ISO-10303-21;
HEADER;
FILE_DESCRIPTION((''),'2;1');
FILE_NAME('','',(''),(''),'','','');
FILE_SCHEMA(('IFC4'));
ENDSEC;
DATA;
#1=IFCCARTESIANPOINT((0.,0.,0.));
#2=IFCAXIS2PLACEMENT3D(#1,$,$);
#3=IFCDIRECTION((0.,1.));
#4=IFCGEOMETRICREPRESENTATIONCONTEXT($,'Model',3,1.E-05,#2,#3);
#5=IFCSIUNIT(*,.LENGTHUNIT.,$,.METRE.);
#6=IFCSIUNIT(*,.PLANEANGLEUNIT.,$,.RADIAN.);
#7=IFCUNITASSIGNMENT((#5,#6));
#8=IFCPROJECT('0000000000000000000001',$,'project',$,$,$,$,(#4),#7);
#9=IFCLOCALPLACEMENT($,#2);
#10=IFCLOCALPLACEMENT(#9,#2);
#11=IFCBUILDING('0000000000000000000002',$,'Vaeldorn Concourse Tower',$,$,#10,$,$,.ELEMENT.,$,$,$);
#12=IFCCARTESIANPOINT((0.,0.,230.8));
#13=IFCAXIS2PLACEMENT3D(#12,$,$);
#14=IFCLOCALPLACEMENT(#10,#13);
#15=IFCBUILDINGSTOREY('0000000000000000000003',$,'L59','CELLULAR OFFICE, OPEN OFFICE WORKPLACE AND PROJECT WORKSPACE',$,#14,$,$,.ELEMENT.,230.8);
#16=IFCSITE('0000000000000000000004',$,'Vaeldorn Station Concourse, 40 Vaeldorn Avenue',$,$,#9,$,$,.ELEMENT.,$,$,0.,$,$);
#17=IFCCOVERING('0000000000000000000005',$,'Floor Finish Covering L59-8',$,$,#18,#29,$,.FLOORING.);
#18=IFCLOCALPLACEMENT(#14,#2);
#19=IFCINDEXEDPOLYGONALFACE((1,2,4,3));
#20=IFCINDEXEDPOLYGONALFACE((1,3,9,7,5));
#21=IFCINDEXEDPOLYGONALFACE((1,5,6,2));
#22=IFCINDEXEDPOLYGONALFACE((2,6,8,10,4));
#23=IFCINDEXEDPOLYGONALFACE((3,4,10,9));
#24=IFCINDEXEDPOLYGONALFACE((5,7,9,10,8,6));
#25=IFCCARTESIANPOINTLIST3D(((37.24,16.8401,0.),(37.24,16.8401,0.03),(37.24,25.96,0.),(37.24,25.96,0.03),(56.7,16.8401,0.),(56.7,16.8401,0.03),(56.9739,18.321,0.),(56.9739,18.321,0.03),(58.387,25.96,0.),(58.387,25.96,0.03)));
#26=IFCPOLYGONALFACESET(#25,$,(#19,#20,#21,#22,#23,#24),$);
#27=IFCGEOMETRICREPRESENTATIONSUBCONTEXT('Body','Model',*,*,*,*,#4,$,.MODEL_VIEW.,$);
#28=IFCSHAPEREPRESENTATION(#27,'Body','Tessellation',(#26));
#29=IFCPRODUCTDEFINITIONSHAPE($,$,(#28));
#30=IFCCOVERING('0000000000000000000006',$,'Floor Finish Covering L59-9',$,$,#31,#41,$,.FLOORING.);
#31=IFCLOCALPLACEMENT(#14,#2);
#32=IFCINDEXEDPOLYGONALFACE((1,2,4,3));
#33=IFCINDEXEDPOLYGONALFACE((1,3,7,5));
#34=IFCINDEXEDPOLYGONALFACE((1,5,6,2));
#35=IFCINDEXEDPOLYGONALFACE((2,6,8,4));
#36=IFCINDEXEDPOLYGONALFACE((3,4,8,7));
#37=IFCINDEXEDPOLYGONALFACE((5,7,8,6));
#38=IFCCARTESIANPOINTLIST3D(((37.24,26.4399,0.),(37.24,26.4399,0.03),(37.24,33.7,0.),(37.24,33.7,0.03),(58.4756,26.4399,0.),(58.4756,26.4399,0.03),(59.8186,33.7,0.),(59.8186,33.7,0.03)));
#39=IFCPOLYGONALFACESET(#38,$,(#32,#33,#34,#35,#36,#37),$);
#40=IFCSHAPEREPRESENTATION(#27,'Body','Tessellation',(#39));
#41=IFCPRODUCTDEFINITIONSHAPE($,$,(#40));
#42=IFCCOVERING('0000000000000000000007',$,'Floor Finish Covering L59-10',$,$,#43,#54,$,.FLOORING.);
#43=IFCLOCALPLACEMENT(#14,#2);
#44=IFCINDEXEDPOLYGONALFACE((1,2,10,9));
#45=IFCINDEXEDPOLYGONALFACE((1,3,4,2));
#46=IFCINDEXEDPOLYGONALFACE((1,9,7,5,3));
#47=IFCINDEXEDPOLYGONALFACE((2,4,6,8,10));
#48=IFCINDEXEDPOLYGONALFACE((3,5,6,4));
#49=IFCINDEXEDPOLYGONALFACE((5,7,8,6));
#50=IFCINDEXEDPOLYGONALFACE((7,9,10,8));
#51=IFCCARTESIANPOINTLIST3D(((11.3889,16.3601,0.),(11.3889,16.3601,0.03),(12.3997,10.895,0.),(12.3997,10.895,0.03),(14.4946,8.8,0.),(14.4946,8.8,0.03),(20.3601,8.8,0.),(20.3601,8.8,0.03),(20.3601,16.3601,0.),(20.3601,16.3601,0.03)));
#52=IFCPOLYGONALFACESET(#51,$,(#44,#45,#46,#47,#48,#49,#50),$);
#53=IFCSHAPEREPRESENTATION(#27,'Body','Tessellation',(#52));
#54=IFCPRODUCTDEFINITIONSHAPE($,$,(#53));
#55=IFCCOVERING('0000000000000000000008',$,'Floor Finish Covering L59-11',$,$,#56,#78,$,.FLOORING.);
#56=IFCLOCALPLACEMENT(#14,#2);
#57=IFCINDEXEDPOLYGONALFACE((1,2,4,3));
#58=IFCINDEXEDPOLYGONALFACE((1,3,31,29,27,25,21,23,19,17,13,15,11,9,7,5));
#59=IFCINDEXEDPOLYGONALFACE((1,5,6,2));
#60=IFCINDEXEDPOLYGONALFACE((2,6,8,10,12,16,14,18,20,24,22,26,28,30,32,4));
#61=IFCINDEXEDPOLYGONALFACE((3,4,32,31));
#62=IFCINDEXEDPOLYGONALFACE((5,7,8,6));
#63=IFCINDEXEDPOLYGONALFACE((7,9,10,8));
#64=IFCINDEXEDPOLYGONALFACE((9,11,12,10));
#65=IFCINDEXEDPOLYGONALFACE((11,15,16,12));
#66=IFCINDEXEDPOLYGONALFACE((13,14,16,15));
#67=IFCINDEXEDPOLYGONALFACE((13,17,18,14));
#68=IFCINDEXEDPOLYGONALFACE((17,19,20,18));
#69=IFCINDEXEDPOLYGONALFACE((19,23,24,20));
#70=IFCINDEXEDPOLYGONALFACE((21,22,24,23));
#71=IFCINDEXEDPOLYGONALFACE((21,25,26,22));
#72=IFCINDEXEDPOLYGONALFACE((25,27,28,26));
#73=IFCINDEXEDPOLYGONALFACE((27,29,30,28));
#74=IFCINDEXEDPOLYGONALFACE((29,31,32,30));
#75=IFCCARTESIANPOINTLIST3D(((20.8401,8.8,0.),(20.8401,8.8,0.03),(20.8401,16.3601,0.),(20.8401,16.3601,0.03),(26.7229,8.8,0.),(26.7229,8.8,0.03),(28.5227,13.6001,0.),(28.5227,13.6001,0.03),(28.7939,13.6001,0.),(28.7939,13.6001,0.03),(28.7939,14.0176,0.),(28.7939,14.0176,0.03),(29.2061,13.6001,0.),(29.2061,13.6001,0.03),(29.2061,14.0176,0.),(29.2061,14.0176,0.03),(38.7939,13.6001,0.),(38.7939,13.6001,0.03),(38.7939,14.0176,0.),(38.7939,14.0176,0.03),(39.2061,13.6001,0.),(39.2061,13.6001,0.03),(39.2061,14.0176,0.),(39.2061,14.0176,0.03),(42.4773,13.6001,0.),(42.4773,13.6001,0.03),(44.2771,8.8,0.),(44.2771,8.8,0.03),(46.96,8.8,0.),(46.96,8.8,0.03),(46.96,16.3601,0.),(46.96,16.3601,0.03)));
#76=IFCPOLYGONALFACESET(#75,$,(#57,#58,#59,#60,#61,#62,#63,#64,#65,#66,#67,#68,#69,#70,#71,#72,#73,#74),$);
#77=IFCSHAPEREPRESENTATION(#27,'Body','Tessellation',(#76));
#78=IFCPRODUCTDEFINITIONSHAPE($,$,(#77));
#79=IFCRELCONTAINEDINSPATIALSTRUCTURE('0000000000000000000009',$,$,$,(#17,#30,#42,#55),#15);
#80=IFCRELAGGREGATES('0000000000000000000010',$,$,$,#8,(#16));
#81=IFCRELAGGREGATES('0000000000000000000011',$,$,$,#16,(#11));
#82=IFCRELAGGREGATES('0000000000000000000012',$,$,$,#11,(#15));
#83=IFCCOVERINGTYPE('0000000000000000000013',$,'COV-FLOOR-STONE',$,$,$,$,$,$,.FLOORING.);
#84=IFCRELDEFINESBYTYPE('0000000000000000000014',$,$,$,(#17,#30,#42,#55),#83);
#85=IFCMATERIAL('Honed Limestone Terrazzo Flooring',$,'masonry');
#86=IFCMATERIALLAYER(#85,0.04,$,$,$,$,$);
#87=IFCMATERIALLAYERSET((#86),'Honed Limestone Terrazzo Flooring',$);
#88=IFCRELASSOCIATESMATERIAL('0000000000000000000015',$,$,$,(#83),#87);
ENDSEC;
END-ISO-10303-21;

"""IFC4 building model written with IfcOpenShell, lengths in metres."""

from ifc_helpers import new_model, si_unit, direction, frame, origin, place, context, subcontext, project, spatial, polyline, outline, extrude, material, layer, layer_set, type_object, element, save


model = new_model("IFC4")

# Units and contexts
model_context = context("Model", 3, precision=1e-05, world=origin(), true_north=direction((0.0, 1.0)))
body_context = subcontext(model_context, "Body", "Model", "MODEL_VIEW")
ifc_project = project(units=[si_unit("LENGTHUNIT", "METRE"), si_unit("PLANEANGLEUNIT", "RADIAN")], contexts=[model_context])

# Site, building, storey
site_placement = place(None, origin())
site = spatial("IfcSite", under=ifc_project, at=site_placement, Name="Vaeldorn Station Concourse, 40 Vaeldorn Avenue", CompositionType="ELEMENT", RefElevation=0.0)
building_placement = place(site_placement, origin())
building = spatial("IfcBuilding", under=site, at=building_placement, Name="Vaeldorn Concourse Tower", CompositionType="ELEMENT")
storey_placement = place(building_placement, frame((0.0, 0.0, 230.8)))
storey = spatial("IfcBuildingStorey", under=building, at=storey_placement, Name="L59", Description="CELLULAR OFFICE, OPEN OFFICE WORKPLACE AND PROJECT WORKSPACE", CompositionType="ELEMENT", Elevation=230.8)

# Coverings
ifc_material_1 = material(Name="Honed Limestone Terrazzo Flooring", Category="masonry")
ifc_layer_1 = layer(ifc_material_1, 0.04)
ifc_layer_set_1 = layer_set([ifc_layer_1], Name="Honed Limestone Terrazzo Flooring")
covering_type_1 = type_object("IfcCoveringType", Name="COV-FLOOR-STONE", PredefinedType="FLOORING", material=ifc_layer_set_1)
covering_1_placement = place(storey_placement, origin())
element("IfcCovering", 1, at=covering_1_placement, inside=storey, type_object=covering_type_1, Name="Floor Finish Covering L59-8", PredefinedType="FLOORING", context=body_context, shape_type="SweptSolid", body=[
    extrude(outline(polyline([(37.24, 16.8401), (37.24, 25.96), (58.387, 25.96), (56.9739, 18.321), (56.7, 16.8401), (37.24, 16.8401)])), origin(), (0.0, 0.0, 1.0), 0.03),
])
covering_2_placement = place(storey_placement, origin())
element("IfcCovering", 2, at=covering_2_placement, inside=storey, type_object=covering_type_1, Name="Floor Finish Covering L59-9", PredefinedType="FLOORING", context=body_context, shape_type="SweptSolid", body=[
    extrude(outline(polyline([(37.24, 26.4399), (37.24, 33.7), (59.8186, 33.7), (58.4756, 26.4399), (37.24, 26.4399)])), origin(), (0.0, 0.0, 1.0), 0.03),
])
covering_3_placement = place(storey_placement, origin())
element("IfcCovering", 3, at=covering_3_placement, inside=storey, type_object=covering_type_1, Name="Floor Finish Covering L59-10", PredefinedType="FLOORING", context=body_context, shape_type="SweptSolid", body=[
    extrude(outline(polyline([(20.3601, 16.3601), (20.3601, 8.8), (14.4946, 8.8), (12.3997, 10.895), (11.3889, 16.3601), (20.3601, 16.3601)])), origin(), (0.0, 0.0, 1.0), 0.03),
])
covering_4_placement = place(storey_placement, origin())
element("IfcCovering", 4, at=covering_4_placement, inside=storey, type_object=covering_type_1, Name="Floor Finish Covering L59-11", PredefinedType="FLOORING", context=body_context, shape_type="SweptSolid", body=[
    extrude(outline(polyline([(26.7229, 8.8), (20.8401, 8.8), (20.8401, 16.3601), (46.96, 16.3601), (46.96, 8.8), (44.2771, 8.8), (42.4773, 13.6001), (39.2061, 13.6001), (39.2061, 14.0176), (38.7939, 14.0176), (38.7939, 13.6001), (29.2061, 13.6001), (29.2061, 14.0176), (28.7939, 14.0176), (28.7939, 13.6001), (28.5227, 13.6001), (26.7229, 8.8)])), origin(), (0.0, 0.0, 1.0), 0.03),
])

save(model, "model.ifc")
